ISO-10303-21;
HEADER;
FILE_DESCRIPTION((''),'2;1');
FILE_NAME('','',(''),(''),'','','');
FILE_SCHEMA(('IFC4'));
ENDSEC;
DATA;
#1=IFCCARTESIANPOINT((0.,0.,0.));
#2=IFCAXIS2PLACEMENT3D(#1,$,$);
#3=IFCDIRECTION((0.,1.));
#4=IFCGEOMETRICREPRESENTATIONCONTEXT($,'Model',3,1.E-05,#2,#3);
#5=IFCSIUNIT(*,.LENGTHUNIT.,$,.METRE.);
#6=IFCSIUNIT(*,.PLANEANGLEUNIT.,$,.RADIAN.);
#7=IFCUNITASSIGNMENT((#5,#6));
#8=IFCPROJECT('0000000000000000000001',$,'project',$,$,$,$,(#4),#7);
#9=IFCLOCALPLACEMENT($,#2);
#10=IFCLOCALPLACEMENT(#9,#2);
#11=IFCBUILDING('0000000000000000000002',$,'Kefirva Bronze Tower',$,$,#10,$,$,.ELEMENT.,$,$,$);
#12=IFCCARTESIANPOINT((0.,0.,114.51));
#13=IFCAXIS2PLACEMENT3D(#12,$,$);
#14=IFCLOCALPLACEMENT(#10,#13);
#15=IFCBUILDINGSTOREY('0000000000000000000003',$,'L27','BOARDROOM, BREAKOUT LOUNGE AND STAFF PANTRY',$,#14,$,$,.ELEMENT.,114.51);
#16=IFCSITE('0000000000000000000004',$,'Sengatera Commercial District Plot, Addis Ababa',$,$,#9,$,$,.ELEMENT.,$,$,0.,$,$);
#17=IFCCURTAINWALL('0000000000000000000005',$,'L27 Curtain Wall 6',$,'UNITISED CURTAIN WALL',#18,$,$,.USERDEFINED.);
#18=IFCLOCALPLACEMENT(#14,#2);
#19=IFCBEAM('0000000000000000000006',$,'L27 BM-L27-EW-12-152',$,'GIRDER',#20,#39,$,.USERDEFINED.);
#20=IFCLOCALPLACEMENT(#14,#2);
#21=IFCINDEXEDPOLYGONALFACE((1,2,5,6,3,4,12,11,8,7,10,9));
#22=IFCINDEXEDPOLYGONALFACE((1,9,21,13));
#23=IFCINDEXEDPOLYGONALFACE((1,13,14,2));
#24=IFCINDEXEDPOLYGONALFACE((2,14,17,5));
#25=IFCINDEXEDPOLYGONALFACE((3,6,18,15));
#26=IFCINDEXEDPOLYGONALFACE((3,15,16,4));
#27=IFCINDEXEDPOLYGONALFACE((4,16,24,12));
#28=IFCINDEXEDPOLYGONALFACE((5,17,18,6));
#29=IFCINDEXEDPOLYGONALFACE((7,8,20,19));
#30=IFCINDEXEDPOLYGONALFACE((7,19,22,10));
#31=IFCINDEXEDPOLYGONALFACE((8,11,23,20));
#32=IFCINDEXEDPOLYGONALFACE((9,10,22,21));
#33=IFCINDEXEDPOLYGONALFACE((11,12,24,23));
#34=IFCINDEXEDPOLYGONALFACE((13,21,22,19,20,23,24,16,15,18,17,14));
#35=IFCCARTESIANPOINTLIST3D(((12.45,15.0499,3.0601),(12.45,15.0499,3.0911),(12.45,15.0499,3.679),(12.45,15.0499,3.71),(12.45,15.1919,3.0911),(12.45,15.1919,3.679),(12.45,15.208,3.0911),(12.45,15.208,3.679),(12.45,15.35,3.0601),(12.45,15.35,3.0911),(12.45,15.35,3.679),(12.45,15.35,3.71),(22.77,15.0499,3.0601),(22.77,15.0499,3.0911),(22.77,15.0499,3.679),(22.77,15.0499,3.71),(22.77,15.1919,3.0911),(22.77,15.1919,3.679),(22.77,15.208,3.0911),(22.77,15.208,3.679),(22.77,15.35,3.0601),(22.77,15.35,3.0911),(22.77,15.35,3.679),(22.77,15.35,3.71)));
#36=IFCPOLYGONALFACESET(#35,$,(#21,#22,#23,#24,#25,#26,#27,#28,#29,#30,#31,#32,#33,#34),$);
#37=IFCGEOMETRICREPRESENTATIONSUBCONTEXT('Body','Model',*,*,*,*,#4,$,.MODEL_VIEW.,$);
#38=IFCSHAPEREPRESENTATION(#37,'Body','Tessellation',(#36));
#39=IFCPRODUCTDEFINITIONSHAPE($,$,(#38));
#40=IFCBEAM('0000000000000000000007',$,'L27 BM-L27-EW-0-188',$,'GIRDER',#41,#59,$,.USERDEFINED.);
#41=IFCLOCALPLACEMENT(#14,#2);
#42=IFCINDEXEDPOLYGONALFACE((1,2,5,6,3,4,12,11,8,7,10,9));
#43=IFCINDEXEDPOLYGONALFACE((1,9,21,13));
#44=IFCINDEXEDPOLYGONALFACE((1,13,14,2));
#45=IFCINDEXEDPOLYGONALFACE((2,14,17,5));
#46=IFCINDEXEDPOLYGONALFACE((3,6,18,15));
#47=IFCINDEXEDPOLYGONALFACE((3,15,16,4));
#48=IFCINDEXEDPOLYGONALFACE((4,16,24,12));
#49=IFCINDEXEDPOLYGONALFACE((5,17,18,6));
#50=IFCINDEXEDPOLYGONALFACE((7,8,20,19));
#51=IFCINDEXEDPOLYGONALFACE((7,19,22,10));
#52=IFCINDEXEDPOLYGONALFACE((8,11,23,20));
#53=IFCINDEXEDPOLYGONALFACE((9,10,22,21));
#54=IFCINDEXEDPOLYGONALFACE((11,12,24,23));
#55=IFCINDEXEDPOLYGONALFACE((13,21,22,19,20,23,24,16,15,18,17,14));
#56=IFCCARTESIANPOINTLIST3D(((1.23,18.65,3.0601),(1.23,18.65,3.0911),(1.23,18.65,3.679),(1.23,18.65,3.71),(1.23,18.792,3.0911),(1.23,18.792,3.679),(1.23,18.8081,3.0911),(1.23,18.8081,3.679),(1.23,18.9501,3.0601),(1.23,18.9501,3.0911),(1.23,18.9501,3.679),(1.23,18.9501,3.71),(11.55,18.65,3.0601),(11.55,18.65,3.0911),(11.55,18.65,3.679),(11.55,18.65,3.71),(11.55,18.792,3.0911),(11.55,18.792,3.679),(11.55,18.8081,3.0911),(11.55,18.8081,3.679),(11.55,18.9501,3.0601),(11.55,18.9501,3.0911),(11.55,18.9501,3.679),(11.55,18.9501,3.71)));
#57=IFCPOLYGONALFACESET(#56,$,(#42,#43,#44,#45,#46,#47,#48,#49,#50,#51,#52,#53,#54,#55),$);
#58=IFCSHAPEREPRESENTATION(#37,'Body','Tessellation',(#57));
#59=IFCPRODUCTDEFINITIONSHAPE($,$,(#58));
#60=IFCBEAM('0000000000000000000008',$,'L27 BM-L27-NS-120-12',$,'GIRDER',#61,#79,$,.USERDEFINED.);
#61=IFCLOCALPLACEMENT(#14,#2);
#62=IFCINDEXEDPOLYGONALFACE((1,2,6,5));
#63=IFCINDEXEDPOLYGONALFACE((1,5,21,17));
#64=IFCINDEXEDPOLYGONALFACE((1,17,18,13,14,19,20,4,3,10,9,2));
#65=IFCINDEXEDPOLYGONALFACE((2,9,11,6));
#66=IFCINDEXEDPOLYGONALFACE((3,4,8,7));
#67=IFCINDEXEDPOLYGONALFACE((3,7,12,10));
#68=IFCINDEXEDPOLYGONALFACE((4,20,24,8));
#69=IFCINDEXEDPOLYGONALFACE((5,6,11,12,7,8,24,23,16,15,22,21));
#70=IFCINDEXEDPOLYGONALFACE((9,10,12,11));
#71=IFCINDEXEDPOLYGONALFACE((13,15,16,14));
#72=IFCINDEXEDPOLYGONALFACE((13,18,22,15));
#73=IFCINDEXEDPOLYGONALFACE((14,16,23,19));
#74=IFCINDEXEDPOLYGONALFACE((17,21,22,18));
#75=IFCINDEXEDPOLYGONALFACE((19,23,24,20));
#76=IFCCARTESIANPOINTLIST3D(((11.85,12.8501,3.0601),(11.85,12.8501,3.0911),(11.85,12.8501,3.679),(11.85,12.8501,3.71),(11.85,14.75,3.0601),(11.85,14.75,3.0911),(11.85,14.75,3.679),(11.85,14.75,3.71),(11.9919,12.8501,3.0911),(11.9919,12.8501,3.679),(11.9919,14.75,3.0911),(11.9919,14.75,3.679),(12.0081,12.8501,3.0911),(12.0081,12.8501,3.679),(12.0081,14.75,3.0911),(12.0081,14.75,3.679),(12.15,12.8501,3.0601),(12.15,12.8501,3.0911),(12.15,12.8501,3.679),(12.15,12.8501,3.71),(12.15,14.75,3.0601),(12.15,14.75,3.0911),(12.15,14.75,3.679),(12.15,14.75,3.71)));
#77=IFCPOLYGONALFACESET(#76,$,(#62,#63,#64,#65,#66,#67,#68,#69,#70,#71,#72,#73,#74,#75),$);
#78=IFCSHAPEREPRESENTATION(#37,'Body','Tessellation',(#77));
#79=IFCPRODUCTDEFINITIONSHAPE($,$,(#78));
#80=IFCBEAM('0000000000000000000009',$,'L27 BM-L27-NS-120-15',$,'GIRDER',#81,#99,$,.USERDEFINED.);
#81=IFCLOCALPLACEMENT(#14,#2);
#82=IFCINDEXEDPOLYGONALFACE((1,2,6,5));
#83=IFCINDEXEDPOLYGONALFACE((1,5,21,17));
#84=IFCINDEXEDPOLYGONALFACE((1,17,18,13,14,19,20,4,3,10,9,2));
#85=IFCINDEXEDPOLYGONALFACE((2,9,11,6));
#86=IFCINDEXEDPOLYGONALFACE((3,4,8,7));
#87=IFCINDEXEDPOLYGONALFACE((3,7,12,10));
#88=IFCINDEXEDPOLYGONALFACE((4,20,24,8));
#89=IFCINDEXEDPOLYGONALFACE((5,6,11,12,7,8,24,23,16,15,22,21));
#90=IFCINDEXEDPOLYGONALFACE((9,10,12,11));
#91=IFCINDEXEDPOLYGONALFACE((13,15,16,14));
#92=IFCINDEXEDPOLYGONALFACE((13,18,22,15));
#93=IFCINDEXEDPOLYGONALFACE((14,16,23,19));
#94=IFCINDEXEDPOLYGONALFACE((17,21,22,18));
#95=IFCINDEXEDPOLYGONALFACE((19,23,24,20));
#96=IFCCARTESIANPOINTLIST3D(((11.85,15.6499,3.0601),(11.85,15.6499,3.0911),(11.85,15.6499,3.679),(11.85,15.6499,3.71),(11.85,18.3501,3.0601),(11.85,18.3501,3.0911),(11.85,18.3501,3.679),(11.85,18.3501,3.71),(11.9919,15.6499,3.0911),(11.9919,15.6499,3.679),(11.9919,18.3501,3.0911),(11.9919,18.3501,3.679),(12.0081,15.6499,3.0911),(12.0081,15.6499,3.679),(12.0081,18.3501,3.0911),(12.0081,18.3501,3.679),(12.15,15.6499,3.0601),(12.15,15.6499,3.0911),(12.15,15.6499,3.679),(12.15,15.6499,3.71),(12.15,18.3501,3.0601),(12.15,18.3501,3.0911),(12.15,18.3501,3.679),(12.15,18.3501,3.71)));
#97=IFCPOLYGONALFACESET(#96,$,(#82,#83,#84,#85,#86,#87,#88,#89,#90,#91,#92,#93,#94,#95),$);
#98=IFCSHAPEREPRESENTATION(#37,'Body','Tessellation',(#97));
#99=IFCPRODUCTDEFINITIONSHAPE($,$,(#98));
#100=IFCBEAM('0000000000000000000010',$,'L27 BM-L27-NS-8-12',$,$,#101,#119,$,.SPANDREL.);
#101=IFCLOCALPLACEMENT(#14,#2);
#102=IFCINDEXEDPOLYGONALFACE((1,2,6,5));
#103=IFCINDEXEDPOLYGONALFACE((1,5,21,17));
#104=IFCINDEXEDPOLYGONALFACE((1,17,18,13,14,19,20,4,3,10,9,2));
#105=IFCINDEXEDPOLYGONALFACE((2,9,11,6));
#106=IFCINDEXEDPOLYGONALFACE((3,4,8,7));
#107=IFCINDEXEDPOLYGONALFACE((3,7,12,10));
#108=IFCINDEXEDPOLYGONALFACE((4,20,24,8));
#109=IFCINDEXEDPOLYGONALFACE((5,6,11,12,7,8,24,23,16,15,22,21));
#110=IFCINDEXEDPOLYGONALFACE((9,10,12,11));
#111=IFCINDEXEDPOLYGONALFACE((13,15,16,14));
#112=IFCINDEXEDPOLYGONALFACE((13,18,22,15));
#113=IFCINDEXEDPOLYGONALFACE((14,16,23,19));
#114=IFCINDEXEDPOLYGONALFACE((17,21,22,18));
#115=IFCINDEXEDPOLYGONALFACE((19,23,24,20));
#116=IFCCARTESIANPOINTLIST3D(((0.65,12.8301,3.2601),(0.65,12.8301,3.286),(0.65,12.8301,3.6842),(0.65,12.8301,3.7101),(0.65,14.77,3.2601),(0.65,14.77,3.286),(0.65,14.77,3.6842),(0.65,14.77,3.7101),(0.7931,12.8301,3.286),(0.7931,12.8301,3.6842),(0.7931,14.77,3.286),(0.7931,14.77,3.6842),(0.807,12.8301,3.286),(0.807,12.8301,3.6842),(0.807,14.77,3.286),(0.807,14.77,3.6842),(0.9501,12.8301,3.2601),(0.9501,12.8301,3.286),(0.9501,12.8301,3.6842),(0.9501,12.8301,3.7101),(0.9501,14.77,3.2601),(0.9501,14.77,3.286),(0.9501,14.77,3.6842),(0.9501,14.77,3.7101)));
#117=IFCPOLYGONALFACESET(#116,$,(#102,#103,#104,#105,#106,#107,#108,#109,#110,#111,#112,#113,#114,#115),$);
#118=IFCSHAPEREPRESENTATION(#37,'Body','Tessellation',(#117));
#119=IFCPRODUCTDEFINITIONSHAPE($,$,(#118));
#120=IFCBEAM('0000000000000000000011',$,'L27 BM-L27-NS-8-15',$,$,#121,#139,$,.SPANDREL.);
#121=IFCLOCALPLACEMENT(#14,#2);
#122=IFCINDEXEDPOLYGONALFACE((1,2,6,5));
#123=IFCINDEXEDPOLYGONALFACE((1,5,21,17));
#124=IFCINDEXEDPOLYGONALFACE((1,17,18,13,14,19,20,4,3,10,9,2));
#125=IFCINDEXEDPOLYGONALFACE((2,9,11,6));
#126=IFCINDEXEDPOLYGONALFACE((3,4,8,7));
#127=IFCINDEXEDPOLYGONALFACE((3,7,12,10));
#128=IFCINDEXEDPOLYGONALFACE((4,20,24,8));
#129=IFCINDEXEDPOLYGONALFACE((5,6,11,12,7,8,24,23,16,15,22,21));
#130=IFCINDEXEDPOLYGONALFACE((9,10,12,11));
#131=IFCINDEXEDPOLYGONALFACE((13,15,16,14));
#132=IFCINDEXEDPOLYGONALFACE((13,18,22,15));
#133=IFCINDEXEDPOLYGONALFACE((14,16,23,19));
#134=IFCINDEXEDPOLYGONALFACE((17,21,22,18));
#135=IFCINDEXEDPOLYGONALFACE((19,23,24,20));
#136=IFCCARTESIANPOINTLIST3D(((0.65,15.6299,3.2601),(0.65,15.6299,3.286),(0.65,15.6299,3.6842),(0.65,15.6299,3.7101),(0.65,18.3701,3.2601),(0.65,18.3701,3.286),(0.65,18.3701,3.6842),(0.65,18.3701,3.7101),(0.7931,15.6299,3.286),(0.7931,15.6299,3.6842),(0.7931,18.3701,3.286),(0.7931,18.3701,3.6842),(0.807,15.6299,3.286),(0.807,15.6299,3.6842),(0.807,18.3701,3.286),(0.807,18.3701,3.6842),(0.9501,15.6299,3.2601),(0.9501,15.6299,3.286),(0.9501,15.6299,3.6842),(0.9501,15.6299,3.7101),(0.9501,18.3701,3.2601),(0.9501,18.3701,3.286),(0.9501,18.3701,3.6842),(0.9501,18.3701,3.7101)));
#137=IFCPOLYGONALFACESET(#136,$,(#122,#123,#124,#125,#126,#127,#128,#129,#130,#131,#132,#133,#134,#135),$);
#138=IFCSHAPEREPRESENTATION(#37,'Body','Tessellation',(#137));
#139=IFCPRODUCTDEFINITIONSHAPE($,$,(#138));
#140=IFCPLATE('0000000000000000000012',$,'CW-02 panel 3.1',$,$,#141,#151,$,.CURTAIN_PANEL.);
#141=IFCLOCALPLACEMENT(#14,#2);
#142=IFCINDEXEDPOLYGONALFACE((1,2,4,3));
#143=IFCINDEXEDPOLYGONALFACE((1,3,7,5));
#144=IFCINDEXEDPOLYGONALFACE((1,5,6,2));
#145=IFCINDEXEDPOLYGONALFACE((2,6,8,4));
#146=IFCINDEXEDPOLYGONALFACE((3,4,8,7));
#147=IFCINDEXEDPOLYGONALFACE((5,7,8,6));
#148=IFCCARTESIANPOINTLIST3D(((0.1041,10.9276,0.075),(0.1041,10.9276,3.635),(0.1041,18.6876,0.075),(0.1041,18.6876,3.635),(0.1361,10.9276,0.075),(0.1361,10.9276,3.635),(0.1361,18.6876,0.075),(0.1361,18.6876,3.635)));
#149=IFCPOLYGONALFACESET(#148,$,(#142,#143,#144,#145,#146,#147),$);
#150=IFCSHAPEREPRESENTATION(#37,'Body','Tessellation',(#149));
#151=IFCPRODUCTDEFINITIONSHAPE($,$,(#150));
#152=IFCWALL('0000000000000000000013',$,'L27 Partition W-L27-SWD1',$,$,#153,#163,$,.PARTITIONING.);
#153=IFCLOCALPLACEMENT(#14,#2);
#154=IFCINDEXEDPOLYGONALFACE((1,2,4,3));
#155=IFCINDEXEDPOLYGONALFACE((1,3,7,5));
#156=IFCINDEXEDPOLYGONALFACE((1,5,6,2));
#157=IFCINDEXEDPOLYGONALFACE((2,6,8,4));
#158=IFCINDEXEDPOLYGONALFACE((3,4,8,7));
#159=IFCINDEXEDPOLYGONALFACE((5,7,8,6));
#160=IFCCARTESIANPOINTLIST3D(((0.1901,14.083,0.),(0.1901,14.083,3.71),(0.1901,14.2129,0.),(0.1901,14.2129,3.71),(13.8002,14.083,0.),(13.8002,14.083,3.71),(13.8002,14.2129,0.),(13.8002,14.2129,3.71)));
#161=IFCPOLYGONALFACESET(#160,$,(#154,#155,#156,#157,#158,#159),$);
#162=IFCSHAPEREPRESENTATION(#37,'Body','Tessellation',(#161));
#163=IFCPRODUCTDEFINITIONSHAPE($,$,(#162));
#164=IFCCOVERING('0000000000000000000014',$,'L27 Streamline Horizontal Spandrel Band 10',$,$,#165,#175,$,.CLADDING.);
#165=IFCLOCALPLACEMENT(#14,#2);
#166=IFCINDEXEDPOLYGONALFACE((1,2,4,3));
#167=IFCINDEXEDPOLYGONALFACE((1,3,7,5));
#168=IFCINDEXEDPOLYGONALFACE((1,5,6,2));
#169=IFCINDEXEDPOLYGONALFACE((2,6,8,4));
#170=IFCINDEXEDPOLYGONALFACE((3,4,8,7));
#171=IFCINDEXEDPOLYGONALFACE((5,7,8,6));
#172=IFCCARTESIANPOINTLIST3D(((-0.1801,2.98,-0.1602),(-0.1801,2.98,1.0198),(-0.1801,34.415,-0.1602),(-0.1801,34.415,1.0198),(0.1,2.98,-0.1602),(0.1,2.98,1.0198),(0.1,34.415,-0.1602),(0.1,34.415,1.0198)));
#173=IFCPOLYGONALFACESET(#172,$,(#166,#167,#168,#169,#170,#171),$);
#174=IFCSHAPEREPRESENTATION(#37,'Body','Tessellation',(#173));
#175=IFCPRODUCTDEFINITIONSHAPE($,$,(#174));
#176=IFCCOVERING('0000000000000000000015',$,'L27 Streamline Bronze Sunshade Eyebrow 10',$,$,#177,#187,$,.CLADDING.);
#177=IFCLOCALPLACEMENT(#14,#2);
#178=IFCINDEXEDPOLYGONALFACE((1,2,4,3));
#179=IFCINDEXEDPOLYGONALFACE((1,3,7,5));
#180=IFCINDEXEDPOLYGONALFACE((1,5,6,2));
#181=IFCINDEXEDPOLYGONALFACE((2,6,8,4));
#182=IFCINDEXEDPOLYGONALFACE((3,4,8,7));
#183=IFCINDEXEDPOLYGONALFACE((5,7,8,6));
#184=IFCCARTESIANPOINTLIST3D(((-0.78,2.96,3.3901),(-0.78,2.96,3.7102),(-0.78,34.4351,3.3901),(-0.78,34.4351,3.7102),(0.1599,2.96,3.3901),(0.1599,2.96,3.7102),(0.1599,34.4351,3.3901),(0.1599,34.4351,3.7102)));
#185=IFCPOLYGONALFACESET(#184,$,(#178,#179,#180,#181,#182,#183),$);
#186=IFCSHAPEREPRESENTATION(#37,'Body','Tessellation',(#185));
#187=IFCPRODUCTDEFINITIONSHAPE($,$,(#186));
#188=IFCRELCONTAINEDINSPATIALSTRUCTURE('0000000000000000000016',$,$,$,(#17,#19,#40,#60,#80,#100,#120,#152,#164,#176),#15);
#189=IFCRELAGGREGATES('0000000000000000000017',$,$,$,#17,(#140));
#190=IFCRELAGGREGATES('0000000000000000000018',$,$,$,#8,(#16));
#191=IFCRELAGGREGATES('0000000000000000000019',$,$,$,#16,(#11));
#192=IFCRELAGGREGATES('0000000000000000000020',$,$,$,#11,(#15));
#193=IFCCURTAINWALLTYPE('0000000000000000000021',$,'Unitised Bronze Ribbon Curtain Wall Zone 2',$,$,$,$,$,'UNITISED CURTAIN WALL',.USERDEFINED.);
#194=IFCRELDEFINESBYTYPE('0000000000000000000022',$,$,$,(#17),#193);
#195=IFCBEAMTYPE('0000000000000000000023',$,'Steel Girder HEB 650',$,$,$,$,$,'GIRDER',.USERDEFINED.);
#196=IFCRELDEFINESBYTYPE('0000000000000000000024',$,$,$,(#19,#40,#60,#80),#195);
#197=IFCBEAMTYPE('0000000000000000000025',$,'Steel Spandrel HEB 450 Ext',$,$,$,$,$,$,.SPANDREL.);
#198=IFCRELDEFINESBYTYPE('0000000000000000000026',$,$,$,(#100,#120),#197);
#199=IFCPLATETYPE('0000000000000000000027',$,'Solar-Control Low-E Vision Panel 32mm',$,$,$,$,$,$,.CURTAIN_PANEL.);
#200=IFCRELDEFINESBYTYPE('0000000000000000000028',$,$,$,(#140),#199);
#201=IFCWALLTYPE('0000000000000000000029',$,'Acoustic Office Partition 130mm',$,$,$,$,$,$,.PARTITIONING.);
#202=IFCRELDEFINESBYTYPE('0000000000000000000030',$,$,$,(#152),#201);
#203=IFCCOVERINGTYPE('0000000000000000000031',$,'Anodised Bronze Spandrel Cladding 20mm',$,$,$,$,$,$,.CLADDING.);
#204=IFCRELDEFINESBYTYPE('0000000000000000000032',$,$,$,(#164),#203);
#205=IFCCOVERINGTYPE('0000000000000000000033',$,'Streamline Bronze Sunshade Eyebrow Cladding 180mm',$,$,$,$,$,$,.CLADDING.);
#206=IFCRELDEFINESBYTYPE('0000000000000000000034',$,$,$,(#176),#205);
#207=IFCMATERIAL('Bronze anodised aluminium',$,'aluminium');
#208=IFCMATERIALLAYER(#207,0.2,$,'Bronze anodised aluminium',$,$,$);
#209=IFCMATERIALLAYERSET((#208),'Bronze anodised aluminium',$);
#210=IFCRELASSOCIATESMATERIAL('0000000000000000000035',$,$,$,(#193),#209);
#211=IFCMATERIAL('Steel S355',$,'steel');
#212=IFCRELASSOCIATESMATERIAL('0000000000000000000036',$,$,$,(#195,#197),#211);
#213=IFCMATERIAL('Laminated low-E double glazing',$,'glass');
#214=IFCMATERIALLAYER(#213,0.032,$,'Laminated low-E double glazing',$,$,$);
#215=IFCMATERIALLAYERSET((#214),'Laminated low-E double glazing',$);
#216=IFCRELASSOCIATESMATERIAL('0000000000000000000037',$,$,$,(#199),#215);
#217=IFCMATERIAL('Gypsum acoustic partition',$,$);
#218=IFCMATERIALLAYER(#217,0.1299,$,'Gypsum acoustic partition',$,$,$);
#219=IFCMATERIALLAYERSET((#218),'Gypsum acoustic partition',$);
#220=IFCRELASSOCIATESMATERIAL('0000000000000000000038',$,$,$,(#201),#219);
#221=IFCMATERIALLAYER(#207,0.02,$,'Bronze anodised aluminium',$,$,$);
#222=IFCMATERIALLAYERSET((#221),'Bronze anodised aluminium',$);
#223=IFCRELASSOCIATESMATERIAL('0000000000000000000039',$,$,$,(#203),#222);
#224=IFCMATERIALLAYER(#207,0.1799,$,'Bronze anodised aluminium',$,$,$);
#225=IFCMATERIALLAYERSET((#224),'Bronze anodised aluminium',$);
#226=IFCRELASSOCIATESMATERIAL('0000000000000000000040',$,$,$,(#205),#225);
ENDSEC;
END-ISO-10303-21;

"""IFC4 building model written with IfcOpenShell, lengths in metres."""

from ifc_helpers import new_model, si_unit, direction, frame, frame_2d, origin, origin_2d, place, context, subcontext, project, spatial, rectangle, i_section, extrude, material, layer, layer_set, material_profile, profile_set, type_object, element, aggregate, save


model = new_model("IFC4")

# Units and contexts
model_context = context("Model", 3, precision=1e-05, world=origin(), true_north=direction((0.0, 1.0)))
body_context = subcontext(model_context, "Body", "Model", "MODEL_VIEW")
ifc_project = project(units=[si_unit("LENGTHUNIT", "METRE"), si_unit("PLANEANGLEUNIT", "RADIAN")], contexts=[model_context])

# Site, building, storey
site_placement = place(None, origin())
site = spatial("IfcSite", under=ifc_project, at=site_placement, Name="Sengatera Commercial District Plot, Addis Ababa", CompositionType="ELEMENT", RefElevation=0.0)
building_placement = place(site_placement, origin())
building = spatial("IfcBuilding", under=site, at=building_placement, Name="Kefirva Bronze Tower", CompositionType="ELEMENT")
storey_placement = place(building_placement, frame((0.0, 0.0, 114.51)))
storey = spatial("IfcBuildingStorey", under=building, at=storey_placement, Name="L27", Description="BOARDROOM, BREAKOUT LOUNGE AND STAFF PANTRY", CompositionType="ELEMENT", Elevation=114.51)

# Curtain wall
ifc_material_1 = material(Name="Bronze anodised aluminium", Category="aluminium")
ifc_layer_1 = layer(ifc_material_1, 0.2, Name="Bronze anodised aluminium")
ifc_layer_set_1 = layer_set([ifc_layer_1], Name="Bronze anodised aluminium")
curtain_wall_type = type_object("IfcCurtainWallType", Name="Unitised Bronze Ribbon Curtain Wall Zone 2", ElementType="UNITISED CURTAIN WALL", PredefinedType="USERDEFINED", material=ifc_layer_set_1)
curtain_wall_placement = place(storey_placement, origin())
curtain_wall = element("IfcCurtainWall", 1, at=curtain_wall_placement, inside=storey, type_object=curtain_wall_type, Name="L27 Curtain Wall 6", ObjectType="UNITISED CURTAIN WALL", PredefinedType="USERDEFINED")

# Beams
ifc_material_2 = material(Name="Steel S355", Category="steel")
ifc_material_profile_1 = material_profile(ifc_material_2, i_section(OverallWidth=0.3, OverallDepth=0.6499, WebThickness=0.0161, FlangeThickness=0.031, at=origin_2d()), Name="HEB 650")
ifc_profile_set_1 = profile_set([ifc_material_profile_1], Name="Steel S355")
beam_type_1 = type_object("IfcBeamType", Name="Steel Girder HEB 650", ElementType="GIRDER", PredefinedType="USERDEFINED", material=ifc_profile_set_1)
for number, where, z_axis, x_axis, name in (
    (2, (12.45, 15.2, 3.385), (1.0, 0.0, 0.0), (0.0, 1.0, 0.0), "L27 BM-L27-EW-12-152"),
    (3, (1.23, 18.8, 3.385), (1.0, 0.0, 0.0), (0.0, 1.0, 0.0), "L27 BM-L27-EW-0-188"),
):
    element("IfcBeam", number, at=place(storey_placement, frame(where, z_axis=z_axis, x_axis=x_axis)), inside=storey, type_object=beam_type_1, Name=name, ObjectType="GIRDER", PredefinedType="USERDEFINED", context=body_context, shape_type="SweptSolid", body=[
        extrude(i_section(OverallWidth=0.3, OverallDepth=0.6499, WebThickness=0.0161, FlangeThickness=0.031, at=origin_2d()), origin(), (0.0, 0.0, 1.0), 10.3201),
    ])
beam_1_placement = place(storey_placement, frame((12.0, 12.8501, 3.385), z_axis=(0.0, 1.0, 0.0), x_axis=(-1.0, 0.0, 0.0)))
element("IfcBeam", 4, at=beam_1_placement, inside=storey, type_object=beam_type_1, Name="L27 BM-L27-NS-120-12", ObjectType="GIRDER", PredefinedType="USERDEFINED", context=body_context, shape_type="SweptSolid", body=[
    extrude(i_section(OverallWidth=0.3, OverallDepth=0.6499, WebThickness=0.0161, FlangeThickness=0.031, at=origin_2d()), origin(), (0.0, 0.0, 1.0), 1.8999),
])
beam_2_placement = place(storey_placement, frame((12.0, 15.6499, 3.385), z_axis=(0.0, 1.0, 0.0), x_axis=(-1.0, 0.0, 0.0)))
element("IfcBeam", 5, at=beam_2_placement, inside=storey, type_object=beam_type_1, Name="L27 BM-L27-NS-120-15", ObjectType="GIRDER", PredefinedType="USERDEFINED", context=body_context, shape_type="SweptSolid", body=[
    extrude(i_section(OverallWidth=0.3, OverallDepth=0.6499, WebThickness=0.0161, FlangeThickness=0.031, at=origin_2d()), origin(), (0.0, 0.0, 1.0), 2.7002),
])
ifc_material_profile_2 = material_profile(ifc_material_2, i_section(OverallWidth=0.3, OverallDepth=0.45, WebThickness=0.0139, FlangeThickness=0.0259, at=origin_2d()), Name="HEB 450")
ifc_profile_set_2 = profile_set([ifc_material_profile_2], Name="Steel S355")
beam_type_2 = type_object("IfcBeamType", Name="Steel Spandrel HEB 450 Ext", PredefinedType="SPANDREL", material=ifc_profile_set_2)
beam_3_placement = place(storey_placement, frame((0.8, 12.8301, 3.4851), z_axis=(0.0, 1.0, 0.0), x_axis=(-1.0, 0.0, 0.0)))
element("IfcBeam", 6, at=beam_3_placement, inside=storey, type_object=beam_type_2, Name="L27 BM-L27-NS-8-12", PredefinedType="SPANDREL", context=body_context, shape_type="SweptSolid", body=[
    extrude(i_section(OverallWidth=0.3, OverallDepth=0.45, WebThickness=0.0139, FlangeThickness=0.0259, at=origin_2d()), origin(), (0.0, 0.0, 1.0), 1.9399),
])
beam_4_placement = place(storey_placement, frame((0.8, 15.6299, 3.4851), z_axis=(0.0, 1.0, 0.0), x_axis=(-1.0, 0.0, 0.0)))
element("IfcBeam", 7, at=beam_4_placement, inside=storey, type_object=beam_type_2, Name="L27 BM-L27-NS-8-15", PredefinedType="SPANDREL", context=body_context, shape_type="SweptSolid", body=[
    extrude(i_section(OverallWidth=0.3, OverallDepth=0.45, WebThickness=0.0139, FlangeThickness=0.0259, at=origin_2d()), origin(), (0.0, 0.0, 1.0), 2.7402),
])

# Plate
ifc_material_3 = material(Name="Laminated low-E double glazing", Category="glass")
ifc_layer_2 = layer(ifc_material_3, 0.032, Name="Laminated low-E double glazing")
ifc_layer_set_2 = layer_set([ifc_layer_2], Name="Laminated low-E double glazing")
plate_type = type_object("IfcPlateType", Name="Solar-Control Low-E Vision Panel 32mm", PredefinedType="CURTAIN_PANEL", material=ifc_layer_set_2)
plate_placement = place(storey_placement, frame((0.1201, 14.8076, 0.075), z_axis=(0.0, 0.0, 1.0), x_axis=(0.0, -1.0, 0.0)))
plate = element("IfcPlate", 8, at=plate_placement, type_object=plate_type, Name="CW-02 panel 3.1", PredefinedType="CURTAIN_PANEL", context=body_context, shape_type="SweptSolid", body=[
    extrude(rectangle(XDim=7.76, YDim=0.032, at=origin_2d()), origin(), (0.0, 0.0, 1.0), 3.5601),
])
aggregate(curtain_wall, [plate])

# Wall
ifc_material_4 = material(Name="Gypsum acoustic partition")
ifc_layer_3 = layer(ifc_material_4, 0.1299, Name="Gypsum acoustic partition")
ifc_layer_set_3 = layer_set([ifc_layer_3], Name="Gypsum acoustic partition")
wall_type = type_object("IfcWallType", Name="Acoustic Office Partition 130mm", PredefinedType="PARTITIONING", material=ifc_layer_set_3)
wall_placement = place(storey_placement, frame((0.1899, 14.1479, 0.0), z_axis=(0.0, 0.0, 1.0), x_axis=(1.0, 0.0, 0.0)))
element("IfcWall", 9, at=wall_placement, inside=storey, type_object=wall_type, Name="L27 Partition W-L27-SWD1", PredefinedType="PARTITIONING", context=body_context, shape_type="SweptSolid", body=[
    extrude(rectangle(XDim=13.6101, YDim=0.1299, at=frame_2d((6.8052, 0.0))), origin(), (0.0, 0.0, 1.0), 3.71),
])

# Coverings
ifc_layer_4 = layer(ifc_material_1, 0.02, Name="Bronze anodised aluminium")
ifc_layer_set_4 = layer_set([ifc_layer_4], Name="Bronze anodised aluminium")
covering_type_1 = type_object("IfcCoveringType", Name="Anodised Bronze Spandrel Cladding 20mm", PredefinedType="CLADDING", material=ifc_layer_set_4)
covering_1_placement = place(storey_placement, frame((-0.04, 18.6975, -0.1602), z_axis=(0.0, 0.0, 1.0), x_axis=(0.0, -1.0, 0.0)))
element("IfcCovering", 10, at=covering_1_placement, inside=storey, type_object=covering_type_1, Name="L27 Streamline Horizontal Spandrel Band 10", PredefinedType="CLADDING", context=body_context, shape_type="SweptSolid", body=[
    extrude(rectangle(XDim=31.4351, YDim=0.28, at=origin_2d()), origin(), (0.0, 0.0, 1.0), 1.1799),
])
ifc_layer_5 = layer(ifc_material_1, 0.1799, Name="Bronze anodised aluminium")
ifc_layer_set_5 = layer_set([ifc_layer_5], Name="Bronze anodised aluminium")
covering_type_2 = type_object("IfcCoveringType", Name="Streamline Bronze Sunshade Eyebrow Cladding 180mm", PredefinedType="CLADDING", material=ifc_layer_set_5)
covering_2_placement = place(storey_placement, frame((-0.3101, 18.6975, 3.3901), z_axis=(0.0, 0.0, 1.0), x_axis=(0.0, -1.0, 0.0)))
element("IfcCovering", 11, at=covering_2_placement, inside=storey, type_object=covering_type_2, Name="L27 Streamline Bronze Sunshade Eyebrow 10", PredefinedType="CLADDING", context=body_context, shape_type="SweptSolid", body=[
    extrude(rectangle(XDim=31.4751, YDim=0.9399, at=origin_2d()), origin(), (0.0, 0.0, 1.0), 0.3201),
])

save(model, "model.ifc")
